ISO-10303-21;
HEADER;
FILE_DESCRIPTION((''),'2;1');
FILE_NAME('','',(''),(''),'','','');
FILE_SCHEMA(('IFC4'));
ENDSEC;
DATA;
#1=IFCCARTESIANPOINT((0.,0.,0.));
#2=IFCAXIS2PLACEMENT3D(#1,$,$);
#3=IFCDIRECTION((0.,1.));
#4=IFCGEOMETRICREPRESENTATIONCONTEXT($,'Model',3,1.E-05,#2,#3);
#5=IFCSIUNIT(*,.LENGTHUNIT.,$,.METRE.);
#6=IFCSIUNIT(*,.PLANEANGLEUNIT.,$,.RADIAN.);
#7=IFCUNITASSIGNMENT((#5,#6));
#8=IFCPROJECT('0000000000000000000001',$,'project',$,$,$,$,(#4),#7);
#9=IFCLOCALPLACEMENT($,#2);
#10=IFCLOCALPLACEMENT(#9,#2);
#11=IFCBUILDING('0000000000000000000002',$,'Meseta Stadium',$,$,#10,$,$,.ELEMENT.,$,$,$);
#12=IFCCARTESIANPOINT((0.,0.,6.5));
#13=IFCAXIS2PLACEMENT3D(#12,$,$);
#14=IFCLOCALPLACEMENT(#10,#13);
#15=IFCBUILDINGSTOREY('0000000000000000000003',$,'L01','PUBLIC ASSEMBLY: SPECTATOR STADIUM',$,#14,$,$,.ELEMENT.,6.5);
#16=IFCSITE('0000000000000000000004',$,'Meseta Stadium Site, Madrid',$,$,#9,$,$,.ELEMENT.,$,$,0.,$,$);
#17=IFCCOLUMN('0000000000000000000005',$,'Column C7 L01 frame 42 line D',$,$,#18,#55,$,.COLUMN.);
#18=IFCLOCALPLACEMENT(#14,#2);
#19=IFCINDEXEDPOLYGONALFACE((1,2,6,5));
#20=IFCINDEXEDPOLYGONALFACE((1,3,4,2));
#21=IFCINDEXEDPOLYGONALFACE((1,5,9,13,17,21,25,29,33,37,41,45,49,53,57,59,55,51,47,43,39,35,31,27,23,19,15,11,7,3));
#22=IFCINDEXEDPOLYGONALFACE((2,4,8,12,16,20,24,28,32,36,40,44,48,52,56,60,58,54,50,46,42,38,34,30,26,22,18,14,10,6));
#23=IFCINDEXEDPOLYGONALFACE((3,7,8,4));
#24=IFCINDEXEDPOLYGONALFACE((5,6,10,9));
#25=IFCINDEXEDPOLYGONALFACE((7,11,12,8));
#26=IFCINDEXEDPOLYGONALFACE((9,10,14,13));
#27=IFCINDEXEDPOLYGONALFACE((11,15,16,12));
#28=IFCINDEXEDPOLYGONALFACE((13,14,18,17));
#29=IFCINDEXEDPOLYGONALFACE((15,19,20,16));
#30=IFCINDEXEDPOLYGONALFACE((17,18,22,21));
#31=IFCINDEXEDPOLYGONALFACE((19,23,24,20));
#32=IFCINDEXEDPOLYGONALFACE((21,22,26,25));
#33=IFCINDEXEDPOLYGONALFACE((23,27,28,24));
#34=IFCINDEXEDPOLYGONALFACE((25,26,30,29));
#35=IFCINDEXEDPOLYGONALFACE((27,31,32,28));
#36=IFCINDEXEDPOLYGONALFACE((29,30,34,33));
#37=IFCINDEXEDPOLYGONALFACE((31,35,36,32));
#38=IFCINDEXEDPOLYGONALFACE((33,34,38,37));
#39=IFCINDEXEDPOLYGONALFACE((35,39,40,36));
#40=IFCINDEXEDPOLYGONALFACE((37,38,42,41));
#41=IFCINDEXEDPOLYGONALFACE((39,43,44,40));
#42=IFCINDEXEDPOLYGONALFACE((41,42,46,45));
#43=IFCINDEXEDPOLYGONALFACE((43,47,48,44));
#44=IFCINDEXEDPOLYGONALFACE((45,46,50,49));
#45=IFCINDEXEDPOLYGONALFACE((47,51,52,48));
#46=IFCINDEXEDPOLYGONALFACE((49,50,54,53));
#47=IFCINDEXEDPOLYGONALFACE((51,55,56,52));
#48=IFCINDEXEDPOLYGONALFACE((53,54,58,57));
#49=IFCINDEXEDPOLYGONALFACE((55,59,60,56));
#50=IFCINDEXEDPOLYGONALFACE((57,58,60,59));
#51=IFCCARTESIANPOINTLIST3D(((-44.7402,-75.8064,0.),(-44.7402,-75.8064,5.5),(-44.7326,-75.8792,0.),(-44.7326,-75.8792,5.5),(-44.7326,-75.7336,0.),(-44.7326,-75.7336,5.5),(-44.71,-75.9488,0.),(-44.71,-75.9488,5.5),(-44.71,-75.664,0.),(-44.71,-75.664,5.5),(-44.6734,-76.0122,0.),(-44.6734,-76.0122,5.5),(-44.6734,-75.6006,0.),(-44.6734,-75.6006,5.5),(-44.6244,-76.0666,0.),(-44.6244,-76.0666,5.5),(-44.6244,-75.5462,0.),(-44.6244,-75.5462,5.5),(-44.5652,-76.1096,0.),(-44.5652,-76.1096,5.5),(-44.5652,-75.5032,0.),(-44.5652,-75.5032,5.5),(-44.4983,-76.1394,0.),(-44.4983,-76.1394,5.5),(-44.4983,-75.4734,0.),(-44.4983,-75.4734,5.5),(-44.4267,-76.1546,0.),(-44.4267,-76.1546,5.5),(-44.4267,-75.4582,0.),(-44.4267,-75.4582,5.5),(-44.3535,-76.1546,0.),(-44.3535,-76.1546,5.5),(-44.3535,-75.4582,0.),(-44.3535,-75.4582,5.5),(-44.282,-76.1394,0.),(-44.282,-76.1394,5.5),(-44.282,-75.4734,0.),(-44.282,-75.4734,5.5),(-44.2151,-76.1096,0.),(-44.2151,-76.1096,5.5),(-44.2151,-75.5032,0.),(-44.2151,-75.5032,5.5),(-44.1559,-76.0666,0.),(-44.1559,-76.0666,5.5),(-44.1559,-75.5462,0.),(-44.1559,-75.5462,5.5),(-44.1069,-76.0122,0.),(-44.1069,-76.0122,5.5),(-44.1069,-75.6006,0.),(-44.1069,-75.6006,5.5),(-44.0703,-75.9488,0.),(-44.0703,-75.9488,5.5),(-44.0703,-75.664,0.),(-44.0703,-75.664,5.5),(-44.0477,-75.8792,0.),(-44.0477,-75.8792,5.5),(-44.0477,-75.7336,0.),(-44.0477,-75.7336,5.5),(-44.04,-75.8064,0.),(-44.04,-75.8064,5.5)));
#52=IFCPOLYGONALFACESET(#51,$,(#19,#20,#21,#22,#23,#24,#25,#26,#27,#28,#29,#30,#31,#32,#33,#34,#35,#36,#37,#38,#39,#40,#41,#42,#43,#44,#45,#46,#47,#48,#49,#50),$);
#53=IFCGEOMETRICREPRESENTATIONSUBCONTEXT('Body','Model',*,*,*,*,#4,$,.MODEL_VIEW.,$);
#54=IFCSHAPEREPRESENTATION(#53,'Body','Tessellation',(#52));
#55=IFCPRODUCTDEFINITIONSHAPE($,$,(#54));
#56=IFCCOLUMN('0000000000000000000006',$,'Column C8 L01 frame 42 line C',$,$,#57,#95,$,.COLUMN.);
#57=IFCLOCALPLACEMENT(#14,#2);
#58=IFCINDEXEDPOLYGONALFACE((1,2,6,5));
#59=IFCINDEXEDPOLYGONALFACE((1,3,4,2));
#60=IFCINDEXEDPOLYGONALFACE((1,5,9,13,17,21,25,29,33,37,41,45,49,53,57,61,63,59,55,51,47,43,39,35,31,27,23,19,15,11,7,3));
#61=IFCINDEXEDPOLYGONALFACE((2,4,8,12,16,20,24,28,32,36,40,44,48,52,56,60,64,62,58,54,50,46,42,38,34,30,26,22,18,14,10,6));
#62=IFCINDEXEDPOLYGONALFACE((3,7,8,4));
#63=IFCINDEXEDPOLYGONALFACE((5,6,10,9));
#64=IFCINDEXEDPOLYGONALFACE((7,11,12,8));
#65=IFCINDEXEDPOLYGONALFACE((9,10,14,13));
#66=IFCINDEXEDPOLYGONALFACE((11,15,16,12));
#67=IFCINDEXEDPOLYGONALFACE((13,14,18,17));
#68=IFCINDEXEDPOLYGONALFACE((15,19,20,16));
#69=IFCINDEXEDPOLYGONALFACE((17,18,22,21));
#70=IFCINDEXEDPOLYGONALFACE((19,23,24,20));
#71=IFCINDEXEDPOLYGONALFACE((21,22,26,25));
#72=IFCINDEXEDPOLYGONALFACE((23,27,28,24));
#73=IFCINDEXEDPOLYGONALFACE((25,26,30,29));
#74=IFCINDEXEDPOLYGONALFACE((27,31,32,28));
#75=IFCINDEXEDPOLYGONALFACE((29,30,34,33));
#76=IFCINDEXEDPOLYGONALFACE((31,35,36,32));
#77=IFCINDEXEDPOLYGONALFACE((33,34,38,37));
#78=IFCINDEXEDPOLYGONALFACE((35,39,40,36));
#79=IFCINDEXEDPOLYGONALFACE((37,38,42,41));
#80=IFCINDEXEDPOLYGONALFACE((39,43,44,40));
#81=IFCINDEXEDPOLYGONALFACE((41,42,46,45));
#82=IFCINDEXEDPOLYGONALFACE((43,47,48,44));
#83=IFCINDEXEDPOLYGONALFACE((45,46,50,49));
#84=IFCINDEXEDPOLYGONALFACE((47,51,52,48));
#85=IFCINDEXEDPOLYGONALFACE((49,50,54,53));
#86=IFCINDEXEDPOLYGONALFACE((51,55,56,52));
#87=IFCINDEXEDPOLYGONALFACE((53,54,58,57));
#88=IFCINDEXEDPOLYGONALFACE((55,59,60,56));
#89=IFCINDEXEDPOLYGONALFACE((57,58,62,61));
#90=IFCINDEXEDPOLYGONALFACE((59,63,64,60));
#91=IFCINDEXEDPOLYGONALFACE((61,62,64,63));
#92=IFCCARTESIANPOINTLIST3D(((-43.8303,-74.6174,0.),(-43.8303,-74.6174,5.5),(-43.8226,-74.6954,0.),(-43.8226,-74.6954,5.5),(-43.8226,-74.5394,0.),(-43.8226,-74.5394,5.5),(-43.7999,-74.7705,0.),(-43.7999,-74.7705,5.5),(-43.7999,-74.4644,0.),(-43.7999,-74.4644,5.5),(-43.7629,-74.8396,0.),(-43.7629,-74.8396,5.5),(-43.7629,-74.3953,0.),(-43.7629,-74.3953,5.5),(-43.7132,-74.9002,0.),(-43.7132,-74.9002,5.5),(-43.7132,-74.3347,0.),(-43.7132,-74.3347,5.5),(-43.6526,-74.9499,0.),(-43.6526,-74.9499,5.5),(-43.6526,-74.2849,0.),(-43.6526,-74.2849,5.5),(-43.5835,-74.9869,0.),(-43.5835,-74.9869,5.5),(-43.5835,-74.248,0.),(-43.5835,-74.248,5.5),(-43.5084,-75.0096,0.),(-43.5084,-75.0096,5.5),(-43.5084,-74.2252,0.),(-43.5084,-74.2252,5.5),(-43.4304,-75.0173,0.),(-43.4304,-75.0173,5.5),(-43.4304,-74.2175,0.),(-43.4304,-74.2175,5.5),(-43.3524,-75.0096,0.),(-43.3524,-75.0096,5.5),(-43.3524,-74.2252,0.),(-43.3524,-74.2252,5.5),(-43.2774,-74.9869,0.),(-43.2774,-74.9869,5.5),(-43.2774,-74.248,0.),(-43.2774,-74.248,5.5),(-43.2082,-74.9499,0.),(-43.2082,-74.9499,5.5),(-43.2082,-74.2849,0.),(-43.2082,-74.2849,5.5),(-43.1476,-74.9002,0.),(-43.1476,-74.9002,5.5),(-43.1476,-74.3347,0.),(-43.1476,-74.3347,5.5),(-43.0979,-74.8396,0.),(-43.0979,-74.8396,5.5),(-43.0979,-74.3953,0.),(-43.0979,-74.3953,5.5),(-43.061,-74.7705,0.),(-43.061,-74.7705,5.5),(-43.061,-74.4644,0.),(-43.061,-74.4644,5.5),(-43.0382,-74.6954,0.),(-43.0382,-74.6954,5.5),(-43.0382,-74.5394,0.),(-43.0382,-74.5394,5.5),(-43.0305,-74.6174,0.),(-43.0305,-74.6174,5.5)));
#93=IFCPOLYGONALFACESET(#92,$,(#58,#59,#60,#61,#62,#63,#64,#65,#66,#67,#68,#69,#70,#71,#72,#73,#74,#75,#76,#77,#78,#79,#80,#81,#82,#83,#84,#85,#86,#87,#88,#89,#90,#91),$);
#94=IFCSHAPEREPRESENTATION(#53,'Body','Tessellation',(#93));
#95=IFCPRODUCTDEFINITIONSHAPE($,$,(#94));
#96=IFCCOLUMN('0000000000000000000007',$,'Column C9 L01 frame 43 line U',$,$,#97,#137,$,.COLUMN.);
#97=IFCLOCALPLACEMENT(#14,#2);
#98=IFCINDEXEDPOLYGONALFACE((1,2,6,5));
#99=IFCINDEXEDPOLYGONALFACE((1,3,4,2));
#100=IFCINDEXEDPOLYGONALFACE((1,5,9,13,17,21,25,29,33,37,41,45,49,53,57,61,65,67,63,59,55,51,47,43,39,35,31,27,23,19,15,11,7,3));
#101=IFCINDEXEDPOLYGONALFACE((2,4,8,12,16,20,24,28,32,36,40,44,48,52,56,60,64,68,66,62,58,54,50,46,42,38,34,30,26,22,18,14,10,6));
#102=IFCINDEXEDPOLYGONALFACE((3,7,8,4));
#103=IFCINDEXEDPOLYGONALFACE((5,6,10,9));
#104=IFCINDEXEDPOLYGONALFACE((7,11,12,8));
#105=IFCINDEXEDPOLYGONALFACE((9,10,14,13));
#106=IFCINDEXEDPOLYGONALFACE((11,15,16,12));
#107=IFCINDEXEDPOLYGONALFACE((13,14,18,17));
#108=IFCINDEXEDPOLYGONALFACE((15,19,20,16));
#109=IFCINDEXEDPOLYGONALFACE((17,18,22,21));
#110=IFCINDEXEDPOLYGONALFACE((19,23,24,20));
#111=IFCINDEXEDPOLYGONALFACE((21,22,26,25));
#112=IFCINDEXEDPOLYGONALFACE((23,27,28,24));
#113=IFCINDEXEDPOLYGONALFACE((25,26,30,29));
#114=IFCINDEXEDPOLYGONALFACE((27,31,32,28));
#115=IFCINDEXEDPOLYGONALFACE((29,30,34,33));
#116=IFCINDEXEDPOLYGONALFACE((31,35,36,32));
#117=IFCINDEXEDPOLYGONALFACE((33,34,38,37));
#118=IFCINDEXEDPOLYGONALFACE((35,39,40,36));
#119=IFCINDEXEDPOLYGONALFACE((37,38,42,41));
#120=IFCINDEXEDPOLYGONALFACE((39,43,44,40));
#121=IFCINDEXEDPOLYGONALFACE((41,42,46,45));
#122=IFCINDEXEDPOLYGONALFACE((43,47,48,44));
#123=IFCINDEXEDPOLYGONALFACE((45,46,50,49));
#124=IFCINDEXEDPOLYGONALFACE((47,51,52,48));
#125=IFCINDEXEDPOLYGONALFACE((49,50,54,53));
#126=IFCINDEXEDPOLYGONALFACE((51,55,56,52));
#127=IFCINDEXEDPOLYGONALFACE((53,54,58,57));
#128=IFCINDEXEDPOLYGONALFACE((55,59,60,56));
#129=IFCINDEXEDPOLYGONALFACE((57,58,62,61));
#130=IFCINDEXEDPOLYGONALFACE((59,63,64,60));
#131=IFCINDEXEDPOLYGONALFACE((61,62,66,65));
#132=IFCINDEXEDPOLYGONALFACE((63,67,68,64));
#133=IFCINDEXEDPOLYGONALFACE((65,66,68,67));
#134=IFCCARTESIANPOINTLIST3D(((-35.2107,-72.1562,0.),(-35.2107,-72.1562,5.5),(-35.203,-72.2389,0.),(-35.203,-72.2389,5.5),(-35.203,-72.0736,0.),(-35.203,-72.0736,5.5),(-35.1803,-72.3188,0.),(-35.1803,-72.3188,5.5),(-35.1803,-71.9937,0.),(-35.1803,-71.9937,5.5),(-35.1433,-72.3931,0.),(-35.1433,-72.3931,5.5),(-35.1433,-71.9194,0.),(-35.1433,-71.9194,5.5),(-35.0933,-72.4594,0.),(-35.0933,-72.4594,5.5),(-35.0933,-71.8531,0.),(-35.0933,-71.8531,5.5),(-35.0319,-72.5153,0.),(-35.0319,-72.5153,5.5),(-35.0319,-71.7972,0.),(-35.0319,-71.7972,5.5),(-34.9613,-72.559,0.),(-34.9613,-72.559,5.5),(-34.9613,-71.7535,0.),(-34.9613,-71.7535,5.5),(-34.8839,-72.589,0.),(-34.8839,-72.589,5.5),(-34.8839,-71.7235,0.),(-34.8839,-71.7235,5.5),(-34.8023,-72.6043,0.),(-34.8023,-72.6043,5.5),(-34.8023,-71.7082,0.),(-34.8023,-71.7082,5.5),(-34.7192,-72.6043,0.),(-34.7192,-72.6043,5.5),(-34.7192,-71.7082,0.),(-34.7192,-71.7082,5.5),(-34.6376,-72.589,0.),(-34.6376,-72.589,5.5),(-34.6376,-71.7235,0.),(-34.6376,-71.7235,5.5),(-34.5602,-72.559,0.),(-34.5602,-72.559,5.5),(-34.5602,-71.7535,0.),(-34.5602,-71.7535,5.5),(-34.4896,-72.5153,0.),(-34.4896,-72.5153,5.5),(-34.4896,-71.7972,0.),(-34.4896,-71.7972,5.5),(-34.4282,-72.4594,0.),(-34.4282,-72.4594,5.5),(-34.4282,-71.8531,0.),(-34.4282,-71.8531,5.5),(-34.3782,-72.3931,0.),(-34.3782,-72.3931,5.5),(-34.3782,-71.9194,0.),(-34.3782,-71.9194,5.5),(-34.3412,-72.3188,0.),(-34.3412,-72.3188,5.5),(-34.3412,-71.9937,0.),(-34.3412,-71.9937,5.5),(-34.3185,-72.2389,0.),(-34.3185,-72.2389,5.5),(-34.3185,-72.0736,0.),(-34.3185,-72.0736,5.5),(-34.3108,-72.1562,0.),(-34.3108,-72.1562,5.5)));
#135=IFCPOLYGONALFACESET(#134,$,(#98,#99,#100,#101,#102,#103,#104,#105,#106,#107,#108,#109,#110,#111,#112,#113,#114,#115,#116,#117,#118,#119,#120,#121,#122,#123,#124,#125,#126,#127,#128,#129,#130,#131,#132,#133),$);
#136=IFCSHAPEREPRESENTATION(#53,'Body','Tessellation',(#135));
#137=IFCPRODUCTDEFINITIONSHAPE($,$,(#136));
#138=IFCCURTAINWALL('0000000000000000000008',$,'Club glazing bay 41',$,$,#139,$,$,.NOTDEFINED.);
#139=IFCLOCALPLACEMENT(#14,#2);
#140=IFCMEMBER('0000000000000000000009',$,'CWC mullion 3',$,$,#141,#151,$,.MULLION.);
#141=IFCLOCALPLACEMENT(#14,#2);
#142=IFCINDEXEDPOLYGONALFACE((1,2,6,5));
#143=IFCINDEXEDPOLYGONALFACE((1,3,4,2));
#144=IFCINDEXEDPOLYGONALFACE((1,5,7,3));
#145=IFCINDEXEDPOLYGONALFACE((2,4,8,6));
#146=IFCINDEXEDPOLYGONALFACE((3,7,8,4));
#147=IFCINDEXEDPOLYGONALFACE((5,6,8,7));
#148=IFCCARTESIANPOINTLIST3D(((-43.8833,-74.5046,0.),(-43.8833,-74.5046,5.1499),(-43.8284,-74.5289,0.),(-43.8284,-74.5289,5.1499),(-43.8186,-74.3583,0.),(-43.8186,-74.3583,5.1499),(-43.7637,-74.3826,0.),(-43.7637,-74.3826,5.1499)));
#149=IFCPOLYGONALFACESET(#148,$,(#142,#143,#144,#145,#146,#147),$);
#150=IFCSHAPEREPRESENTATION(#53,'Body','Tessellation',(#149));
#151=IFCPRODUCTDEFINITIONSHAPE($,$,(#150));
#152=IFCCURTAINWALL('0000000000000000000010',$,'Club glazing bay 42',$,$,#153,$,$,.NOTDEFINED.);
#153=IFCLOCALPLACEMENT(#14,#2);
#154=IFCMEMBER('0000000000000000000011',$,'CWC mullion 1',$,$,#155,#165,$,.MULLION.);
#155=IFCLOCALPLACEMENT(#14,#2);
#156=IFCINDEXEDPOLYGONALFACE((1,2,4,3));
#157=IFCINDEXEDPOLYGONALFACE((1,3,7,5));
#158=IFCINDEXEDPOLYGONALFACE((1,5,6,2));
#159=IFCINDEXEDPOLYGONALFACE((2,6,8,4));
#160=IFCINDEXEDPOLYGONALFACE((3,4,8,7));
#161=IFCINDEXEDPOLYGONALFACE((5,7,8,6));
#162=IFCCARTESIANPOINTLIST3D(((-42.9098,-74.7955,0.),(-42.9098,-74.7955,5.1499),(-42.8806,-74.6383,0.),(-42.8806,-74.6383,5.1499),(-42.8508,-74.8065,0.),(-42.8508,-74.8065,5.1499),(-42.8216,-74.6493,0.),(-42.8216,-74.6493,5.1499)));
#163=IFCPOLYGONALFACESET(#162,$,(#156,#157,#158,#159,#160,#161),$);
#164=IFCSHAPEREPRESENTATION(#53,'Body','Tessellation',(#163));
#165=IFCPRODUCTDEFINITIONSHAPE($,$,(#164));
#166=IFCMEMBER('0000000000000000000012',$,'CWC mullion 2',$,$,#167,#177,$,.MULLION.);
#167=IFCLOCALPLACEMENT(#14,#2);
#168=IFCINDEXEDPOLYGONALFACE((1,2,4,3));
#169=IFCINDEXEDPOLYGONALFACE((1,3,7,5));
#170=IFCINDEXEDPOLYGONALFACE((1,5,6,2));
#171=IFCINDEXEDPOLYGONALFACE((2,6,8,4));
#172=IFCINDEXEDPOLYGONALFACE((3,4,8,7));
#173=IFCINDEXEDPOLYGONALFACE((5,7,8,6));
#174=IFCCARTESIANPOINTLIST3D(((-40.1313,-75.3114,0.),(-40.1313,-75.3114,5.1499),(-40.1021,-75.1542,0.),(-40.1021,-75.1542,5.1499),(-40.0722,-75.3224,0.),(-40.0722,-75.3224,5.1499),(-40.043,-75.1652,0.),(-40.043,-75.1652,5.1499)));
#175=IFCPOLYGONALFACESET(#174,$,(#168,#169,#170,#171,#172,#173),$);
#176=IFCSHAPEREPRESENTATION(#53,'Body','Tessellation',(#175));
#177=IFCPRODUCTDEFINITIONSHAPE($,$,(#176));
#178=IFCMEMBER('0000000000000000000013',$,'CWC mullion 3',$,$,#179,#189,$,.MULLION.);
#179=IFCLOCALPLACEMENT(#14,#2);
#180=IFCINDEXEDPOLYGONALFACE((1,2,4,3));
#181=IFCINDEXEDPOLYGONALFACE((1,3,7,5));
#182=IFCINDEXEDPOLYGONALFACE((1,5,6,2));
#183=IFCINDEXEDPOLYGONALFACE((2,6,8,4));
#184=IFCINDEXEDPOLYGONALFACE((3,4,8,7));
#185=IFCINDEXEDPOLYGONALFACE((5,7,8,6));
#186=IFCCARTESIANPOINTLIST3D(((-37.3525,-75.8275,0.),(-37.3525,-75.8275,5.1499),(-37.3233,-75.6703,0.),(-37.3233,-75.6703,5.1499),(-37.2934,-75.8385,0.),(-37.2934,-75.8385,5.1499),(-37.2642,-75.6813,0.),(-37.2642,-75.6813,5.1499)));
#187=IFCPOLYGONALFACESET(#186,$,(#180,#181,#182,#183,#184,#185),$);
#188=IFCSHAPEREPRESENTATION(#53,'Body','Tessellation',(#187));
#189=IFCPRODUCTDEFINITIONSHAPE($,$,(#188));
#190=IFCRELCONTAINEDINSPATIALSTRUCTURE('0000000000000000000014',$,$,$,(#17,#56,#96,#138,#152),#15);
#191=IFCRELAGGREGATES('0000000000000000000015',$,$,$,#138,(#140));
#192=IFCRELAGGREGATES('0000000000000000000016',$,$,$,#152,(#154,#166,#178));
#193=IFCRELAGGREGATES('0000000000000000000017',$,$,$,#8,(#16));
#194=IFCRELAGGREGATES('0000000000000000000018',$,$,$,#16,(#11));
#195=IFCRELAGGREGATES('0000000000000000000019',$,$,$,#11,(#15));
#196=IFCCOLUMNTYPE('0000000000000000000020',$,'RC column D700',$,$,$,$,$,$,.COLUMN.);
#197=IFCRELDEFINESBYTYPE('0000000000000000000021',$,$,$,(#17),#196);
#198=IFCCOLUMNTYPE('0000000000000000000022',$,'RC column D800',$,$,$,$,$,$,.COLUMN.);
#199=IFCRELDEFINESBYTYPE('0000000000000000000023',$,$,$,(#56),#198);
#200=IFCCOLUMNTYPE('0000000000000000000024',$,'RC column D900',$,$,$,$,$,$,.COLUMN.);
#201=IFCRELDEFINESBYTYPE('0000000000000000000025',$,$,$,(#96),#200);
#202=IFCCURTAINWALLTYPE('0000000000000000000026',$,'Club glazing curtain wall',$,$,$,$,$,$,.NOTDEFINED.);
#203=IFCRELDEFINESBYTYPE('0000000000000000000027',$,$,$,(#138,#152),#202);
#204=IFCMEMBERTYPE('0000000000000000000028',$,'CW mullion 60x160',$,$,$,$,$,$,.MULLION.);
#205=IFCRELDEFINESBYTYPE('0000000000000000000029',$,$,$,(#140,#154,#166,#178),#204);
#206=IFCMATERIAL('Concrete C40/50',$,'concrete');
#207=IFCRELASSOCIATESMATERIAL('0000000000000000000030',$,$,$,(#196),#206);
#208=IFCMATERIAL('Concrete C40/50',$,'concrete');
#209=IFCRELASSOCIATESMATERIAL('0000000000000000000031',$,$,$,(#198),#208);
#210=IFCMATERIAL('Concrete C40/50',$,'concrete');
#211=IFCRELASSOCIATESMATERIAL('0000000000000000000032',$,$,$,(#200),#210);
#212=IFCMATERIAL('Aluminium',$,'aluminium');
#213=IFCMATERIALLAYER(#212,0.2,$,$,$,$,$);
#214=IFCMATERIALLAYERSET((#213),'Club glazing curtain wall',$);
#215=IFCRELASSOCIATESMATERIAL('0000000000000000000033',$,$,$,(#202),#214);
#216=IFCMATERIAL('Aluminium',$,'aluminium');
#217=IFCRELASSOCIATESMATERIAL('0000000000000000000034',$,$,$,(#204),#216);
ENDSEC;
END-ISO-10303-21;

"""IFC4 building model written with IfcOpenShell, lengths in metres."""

from ifc_helpers import new_model, si_unit, direction, frame, origin, origin_2d, place, context, subcontext, project, spatial, rectangle, circle, extrude, material, layer, layer_set, material_profile, profile_set, type_object, element, aggregate, save


model = new_model("IFC4")

# Units and contexts
model_context = context("Model", 3, precision=1e-05, world=origin(), true_north=direction((0.0, 1.0)))
body_context = subcontext(model_context, "Body", "Model", "MODEL_VIEW")
ifc_project = project(units=[si_unit("LENGTHUNIT", "METRE"), si_unit("PLANEANGLEUNIT", "RADIAN")], contexts=[model_context])

# Site, building, storey
site_placement = place(None, origin())
site = spatial("IfcSite", under=ifc_project, at=site_placement, Name="Meseta Stadium Site, Madrid", CompositionType="ELEMENT", RefElevation=0.0)
building_placement = place(site_placement, origin())
building = spatial("IfcBuilding", under=site, at=building_placement, Name="Meseta Stadium", CompositionType="ELEMENT")
storey_placement = place(building_placement, frame((0.0, 0.0, 6.5)))
storey = spatial("IfcBuildingStorey", under=building, at=storey_placement, Name="L01", Description="PUBLIC ASSEMBLY: SPECTATOR STADIUM", CompositionType="ELEMENT", Elevation=6.5)

# Columns
ifc_material_1 = material(Name="Concrete C40/50", Category="concrete")
ifc_material_profile_1 = material_profile(ifc_material_1, circle(Radius=0.3501, at=origin_2d()), Name="RC D700")
ifc_profile_set_1 = profile_set([ifc_material_profile_1], Name="Concrete C40/50")
column_type_1 = type_object("IfcColumnType", Name="RC column D700", PredefinedType="COLUMN", material=ifc_profile_set_1)
column_1_placement = place(storey_placement, frame((-44.3901, -75.8064, 0.0), z_axis=(0.0, 0.0, 1.0), x_axis=(1.0, 0.0, 0.0)))
element("IfcColumn", 1, at=column_1_placement, inside=storey, type_object=column_type_1, Name="Column C7 L01 frame 42 line D", PredefinedType="COLUMN", context=body_context, shape_type="SweptSolid", body=[
    extrude(circle(Radius=0.3501, at=origin_2d()), origin(), (0.0, 0.0, 1.0), 5.5),
])
ifc_material_2 = material(Name="Concrete C40/50", Category="concrete")
ifc_material_profile_2 = material_profile(ifc_material_2, circle(Radius=0.3999, at=origin_2d()), Name="RC D800")
ifc_profile_set_2 = profile_set([ifc_material_profile_2], Name="Concrete C40/50")
column_type_2 = type_object("IfcColumnType", Name="RC column D800", PredefinedType="COLUMN", material=ifc_profile_set_2)
column_2_placement = place(storey_placement, frame((-43.4304, -74.6174, 0.0), z_axis=(0.0, 0.0, 1.0), x_axis=(1.0, 0.0, 0.0)))
element("IfcColumn", 2, at=column_2_placement, inside=storey, type_object=column_type_2, Name="Column C8 L01 frame 42 line C", PredefinedType="COLUMN", context=body_context, shape_type="SweptSolid", body=[
    extrude(circle(Radius=0.3999, at=origin_2d()), origin(), (0.0, 0.0, 1.0), 5.5),
])
ifc_material_3 = material(Name="Concrete C40/50", Category="concrete")
ifc_material_profile_3 = material_profile(ifc_material_3, circle(Radius=0.45, at=origin_2d()), Name="RC D900")
ifc_profile_set_3 = profile_set([ifc_material_profile_3], Name="Concrete C40/50")
column_type_3 = type_object("IfcColumnType", Name="RC column D900", PredefinedType="COLUMN", material=ifc_profile_set_3)
column_3_placement = place(storey_placement, frame((-34.7607, -72.1562, 0.0), z_axis=(0.0, 0.0, 1.0), x_axis=(1.0, 0.0, 0.0)))
element("IfcColumn", 3, at=column_3_placement, inside=storey, type_object=column_type_3, Name="Column C9 L01 frame 43 line U", PredefinedType="COLUMN", context=body_context, shape_type="SweptSolid", body=[
    extrude(circle(Radius=0.45, at=origin_2d()), origin(), (0.0, 0.0, 1.0), 5.5),
])

# Curtain wall, member
ifc_material_4 = material(Name="Aluminium", Category="aluminium")
ifc_layer_1 = layer(ifc_material_4, 0.2)
ifc_layer_set_1 = layer_set([ifc_layer_1], Name="Club glazing curtain wall")
curtain_wall_type = type_object("IfcCurtainWallType", Name="Club glazing curtain wall", PredefinedType="NOTDEFINED", material=ifc_layer_set_1)
curtain_wall_1_placement = place(storey_placement, origin())
curtain_wall_1 = element("IfcCurtainWall", 4, at=curtain_wall_1_placement, inside=storey, type_object=curtain_wall_type, Name="Club glazing bay 41", PredefinedType="NOTDEFINED")
ifc_material_5 = material(Name="Aluminium", Category="aluminium")
ifc_material_profile_4 = material_profile(ifc_material_5, rectangle(XDim=0.1599, YDim=0.0601, at=origin_2d()), Name="CW 160x60")
ifc_profile_set_4 = profile_set([ifc_material_profile_4], Name="Aluminium")
member_type_1 = type_object("IfcMemberType", Name="CW mullion 60x160", PredefinedType="MULLION", material=ifc_profile_set_4)
member_1_placement = place(storey_placement, frame((-43.8235, -74.4436, 0.0), z_axis=(0.0, 0.0, 1.0), x_axis=(0.404524, 0.914527, 0.0)))
member_1 = element("IfcMember", 5, at=member_1_placement, type_object=member_type_1, Name="CWC mullion 3", PredefinedType="MULLION", context=body_context, shape_type="SweptSolid", body=[
    extrude(rectangle(XDim=0.1599, YDim=0.0601, at=origin_2d()), origin(), (0.0, 0.0, 1.0), 5.1499),
])

# Curtain wall, members
curtain_wall_2_placement = place(storey_placement, origin())
curtain_wall_2 = element("IfcCurtainWall", 6, at=curtain_wall_2_placement, inside=storey, type_object=curtain_wall_type, Name="Club glazing bay 42", PredefinedType="NOTDEFINED")
member_2_placement = place(storey_placement, frame((-42.8657, -74.7224, 0.0), z_axis=(0.0, 0.0, 1.0), x_axis=(0.1826, 0.983187, 0.0)))
member_2 = element("IfcMember", 7, at=member_2_placement, type_object=member_type_1, Name="CWC mullion 1", PredefinedType="MULLION", context=body_context, shape_type="SweptSolid", body=[
    extrude(rectangle(XDim=0.1599, YDim=0.0601, at=origin_2d()), origin(), (0.0, 0.0, 1.0), 5.1499),
])
member_3_placement = place(storey_placement, frame((-40.0872, -75.2383, 0.0), z_axis=(0.0, 0.0, 1.0), x_axis=(0.1826, 0.983187, 0.0)))
member_3 = element("IfcMember", 8, at=member_3_placement, type_object=member_type_1, Name="CWC mullion 2", PredefinedType="MULLION", context=body_context, shape_type="SweptSolid", body=[
    extrude(rectangle(XDim=0.1599, YDim=0.0601, at=origin_2d()), origin(), (0.0, 0.0, 1.0), 5.1499),
])
member_4_placement = place(storey_placement, frame((-37.3083, -75.7544, 0.0), z_axis=(0.0, 0.0, 1.0), x_axis=(0.1826, 0.983187, 0.0)))
member_4 = element("IfcMember", 9, at=member_4_placement, type_object=member_type_1, Name="CWC mullion 3", PredefinedType="MULLION", context=body_context, shape_type="SweptSolid", body=[
    extrude(rectangle(XDim=0.1599, YDim=0.0601, at=origin_2d()), origin(), (0.0, 0.0, 1.0), 5.1499),
])

aggregate(curtain_wall_1, [member_1])
aggregate(curtain_wall_2, [member_2, member_3, member_4])

save(model, "model.ifc")
